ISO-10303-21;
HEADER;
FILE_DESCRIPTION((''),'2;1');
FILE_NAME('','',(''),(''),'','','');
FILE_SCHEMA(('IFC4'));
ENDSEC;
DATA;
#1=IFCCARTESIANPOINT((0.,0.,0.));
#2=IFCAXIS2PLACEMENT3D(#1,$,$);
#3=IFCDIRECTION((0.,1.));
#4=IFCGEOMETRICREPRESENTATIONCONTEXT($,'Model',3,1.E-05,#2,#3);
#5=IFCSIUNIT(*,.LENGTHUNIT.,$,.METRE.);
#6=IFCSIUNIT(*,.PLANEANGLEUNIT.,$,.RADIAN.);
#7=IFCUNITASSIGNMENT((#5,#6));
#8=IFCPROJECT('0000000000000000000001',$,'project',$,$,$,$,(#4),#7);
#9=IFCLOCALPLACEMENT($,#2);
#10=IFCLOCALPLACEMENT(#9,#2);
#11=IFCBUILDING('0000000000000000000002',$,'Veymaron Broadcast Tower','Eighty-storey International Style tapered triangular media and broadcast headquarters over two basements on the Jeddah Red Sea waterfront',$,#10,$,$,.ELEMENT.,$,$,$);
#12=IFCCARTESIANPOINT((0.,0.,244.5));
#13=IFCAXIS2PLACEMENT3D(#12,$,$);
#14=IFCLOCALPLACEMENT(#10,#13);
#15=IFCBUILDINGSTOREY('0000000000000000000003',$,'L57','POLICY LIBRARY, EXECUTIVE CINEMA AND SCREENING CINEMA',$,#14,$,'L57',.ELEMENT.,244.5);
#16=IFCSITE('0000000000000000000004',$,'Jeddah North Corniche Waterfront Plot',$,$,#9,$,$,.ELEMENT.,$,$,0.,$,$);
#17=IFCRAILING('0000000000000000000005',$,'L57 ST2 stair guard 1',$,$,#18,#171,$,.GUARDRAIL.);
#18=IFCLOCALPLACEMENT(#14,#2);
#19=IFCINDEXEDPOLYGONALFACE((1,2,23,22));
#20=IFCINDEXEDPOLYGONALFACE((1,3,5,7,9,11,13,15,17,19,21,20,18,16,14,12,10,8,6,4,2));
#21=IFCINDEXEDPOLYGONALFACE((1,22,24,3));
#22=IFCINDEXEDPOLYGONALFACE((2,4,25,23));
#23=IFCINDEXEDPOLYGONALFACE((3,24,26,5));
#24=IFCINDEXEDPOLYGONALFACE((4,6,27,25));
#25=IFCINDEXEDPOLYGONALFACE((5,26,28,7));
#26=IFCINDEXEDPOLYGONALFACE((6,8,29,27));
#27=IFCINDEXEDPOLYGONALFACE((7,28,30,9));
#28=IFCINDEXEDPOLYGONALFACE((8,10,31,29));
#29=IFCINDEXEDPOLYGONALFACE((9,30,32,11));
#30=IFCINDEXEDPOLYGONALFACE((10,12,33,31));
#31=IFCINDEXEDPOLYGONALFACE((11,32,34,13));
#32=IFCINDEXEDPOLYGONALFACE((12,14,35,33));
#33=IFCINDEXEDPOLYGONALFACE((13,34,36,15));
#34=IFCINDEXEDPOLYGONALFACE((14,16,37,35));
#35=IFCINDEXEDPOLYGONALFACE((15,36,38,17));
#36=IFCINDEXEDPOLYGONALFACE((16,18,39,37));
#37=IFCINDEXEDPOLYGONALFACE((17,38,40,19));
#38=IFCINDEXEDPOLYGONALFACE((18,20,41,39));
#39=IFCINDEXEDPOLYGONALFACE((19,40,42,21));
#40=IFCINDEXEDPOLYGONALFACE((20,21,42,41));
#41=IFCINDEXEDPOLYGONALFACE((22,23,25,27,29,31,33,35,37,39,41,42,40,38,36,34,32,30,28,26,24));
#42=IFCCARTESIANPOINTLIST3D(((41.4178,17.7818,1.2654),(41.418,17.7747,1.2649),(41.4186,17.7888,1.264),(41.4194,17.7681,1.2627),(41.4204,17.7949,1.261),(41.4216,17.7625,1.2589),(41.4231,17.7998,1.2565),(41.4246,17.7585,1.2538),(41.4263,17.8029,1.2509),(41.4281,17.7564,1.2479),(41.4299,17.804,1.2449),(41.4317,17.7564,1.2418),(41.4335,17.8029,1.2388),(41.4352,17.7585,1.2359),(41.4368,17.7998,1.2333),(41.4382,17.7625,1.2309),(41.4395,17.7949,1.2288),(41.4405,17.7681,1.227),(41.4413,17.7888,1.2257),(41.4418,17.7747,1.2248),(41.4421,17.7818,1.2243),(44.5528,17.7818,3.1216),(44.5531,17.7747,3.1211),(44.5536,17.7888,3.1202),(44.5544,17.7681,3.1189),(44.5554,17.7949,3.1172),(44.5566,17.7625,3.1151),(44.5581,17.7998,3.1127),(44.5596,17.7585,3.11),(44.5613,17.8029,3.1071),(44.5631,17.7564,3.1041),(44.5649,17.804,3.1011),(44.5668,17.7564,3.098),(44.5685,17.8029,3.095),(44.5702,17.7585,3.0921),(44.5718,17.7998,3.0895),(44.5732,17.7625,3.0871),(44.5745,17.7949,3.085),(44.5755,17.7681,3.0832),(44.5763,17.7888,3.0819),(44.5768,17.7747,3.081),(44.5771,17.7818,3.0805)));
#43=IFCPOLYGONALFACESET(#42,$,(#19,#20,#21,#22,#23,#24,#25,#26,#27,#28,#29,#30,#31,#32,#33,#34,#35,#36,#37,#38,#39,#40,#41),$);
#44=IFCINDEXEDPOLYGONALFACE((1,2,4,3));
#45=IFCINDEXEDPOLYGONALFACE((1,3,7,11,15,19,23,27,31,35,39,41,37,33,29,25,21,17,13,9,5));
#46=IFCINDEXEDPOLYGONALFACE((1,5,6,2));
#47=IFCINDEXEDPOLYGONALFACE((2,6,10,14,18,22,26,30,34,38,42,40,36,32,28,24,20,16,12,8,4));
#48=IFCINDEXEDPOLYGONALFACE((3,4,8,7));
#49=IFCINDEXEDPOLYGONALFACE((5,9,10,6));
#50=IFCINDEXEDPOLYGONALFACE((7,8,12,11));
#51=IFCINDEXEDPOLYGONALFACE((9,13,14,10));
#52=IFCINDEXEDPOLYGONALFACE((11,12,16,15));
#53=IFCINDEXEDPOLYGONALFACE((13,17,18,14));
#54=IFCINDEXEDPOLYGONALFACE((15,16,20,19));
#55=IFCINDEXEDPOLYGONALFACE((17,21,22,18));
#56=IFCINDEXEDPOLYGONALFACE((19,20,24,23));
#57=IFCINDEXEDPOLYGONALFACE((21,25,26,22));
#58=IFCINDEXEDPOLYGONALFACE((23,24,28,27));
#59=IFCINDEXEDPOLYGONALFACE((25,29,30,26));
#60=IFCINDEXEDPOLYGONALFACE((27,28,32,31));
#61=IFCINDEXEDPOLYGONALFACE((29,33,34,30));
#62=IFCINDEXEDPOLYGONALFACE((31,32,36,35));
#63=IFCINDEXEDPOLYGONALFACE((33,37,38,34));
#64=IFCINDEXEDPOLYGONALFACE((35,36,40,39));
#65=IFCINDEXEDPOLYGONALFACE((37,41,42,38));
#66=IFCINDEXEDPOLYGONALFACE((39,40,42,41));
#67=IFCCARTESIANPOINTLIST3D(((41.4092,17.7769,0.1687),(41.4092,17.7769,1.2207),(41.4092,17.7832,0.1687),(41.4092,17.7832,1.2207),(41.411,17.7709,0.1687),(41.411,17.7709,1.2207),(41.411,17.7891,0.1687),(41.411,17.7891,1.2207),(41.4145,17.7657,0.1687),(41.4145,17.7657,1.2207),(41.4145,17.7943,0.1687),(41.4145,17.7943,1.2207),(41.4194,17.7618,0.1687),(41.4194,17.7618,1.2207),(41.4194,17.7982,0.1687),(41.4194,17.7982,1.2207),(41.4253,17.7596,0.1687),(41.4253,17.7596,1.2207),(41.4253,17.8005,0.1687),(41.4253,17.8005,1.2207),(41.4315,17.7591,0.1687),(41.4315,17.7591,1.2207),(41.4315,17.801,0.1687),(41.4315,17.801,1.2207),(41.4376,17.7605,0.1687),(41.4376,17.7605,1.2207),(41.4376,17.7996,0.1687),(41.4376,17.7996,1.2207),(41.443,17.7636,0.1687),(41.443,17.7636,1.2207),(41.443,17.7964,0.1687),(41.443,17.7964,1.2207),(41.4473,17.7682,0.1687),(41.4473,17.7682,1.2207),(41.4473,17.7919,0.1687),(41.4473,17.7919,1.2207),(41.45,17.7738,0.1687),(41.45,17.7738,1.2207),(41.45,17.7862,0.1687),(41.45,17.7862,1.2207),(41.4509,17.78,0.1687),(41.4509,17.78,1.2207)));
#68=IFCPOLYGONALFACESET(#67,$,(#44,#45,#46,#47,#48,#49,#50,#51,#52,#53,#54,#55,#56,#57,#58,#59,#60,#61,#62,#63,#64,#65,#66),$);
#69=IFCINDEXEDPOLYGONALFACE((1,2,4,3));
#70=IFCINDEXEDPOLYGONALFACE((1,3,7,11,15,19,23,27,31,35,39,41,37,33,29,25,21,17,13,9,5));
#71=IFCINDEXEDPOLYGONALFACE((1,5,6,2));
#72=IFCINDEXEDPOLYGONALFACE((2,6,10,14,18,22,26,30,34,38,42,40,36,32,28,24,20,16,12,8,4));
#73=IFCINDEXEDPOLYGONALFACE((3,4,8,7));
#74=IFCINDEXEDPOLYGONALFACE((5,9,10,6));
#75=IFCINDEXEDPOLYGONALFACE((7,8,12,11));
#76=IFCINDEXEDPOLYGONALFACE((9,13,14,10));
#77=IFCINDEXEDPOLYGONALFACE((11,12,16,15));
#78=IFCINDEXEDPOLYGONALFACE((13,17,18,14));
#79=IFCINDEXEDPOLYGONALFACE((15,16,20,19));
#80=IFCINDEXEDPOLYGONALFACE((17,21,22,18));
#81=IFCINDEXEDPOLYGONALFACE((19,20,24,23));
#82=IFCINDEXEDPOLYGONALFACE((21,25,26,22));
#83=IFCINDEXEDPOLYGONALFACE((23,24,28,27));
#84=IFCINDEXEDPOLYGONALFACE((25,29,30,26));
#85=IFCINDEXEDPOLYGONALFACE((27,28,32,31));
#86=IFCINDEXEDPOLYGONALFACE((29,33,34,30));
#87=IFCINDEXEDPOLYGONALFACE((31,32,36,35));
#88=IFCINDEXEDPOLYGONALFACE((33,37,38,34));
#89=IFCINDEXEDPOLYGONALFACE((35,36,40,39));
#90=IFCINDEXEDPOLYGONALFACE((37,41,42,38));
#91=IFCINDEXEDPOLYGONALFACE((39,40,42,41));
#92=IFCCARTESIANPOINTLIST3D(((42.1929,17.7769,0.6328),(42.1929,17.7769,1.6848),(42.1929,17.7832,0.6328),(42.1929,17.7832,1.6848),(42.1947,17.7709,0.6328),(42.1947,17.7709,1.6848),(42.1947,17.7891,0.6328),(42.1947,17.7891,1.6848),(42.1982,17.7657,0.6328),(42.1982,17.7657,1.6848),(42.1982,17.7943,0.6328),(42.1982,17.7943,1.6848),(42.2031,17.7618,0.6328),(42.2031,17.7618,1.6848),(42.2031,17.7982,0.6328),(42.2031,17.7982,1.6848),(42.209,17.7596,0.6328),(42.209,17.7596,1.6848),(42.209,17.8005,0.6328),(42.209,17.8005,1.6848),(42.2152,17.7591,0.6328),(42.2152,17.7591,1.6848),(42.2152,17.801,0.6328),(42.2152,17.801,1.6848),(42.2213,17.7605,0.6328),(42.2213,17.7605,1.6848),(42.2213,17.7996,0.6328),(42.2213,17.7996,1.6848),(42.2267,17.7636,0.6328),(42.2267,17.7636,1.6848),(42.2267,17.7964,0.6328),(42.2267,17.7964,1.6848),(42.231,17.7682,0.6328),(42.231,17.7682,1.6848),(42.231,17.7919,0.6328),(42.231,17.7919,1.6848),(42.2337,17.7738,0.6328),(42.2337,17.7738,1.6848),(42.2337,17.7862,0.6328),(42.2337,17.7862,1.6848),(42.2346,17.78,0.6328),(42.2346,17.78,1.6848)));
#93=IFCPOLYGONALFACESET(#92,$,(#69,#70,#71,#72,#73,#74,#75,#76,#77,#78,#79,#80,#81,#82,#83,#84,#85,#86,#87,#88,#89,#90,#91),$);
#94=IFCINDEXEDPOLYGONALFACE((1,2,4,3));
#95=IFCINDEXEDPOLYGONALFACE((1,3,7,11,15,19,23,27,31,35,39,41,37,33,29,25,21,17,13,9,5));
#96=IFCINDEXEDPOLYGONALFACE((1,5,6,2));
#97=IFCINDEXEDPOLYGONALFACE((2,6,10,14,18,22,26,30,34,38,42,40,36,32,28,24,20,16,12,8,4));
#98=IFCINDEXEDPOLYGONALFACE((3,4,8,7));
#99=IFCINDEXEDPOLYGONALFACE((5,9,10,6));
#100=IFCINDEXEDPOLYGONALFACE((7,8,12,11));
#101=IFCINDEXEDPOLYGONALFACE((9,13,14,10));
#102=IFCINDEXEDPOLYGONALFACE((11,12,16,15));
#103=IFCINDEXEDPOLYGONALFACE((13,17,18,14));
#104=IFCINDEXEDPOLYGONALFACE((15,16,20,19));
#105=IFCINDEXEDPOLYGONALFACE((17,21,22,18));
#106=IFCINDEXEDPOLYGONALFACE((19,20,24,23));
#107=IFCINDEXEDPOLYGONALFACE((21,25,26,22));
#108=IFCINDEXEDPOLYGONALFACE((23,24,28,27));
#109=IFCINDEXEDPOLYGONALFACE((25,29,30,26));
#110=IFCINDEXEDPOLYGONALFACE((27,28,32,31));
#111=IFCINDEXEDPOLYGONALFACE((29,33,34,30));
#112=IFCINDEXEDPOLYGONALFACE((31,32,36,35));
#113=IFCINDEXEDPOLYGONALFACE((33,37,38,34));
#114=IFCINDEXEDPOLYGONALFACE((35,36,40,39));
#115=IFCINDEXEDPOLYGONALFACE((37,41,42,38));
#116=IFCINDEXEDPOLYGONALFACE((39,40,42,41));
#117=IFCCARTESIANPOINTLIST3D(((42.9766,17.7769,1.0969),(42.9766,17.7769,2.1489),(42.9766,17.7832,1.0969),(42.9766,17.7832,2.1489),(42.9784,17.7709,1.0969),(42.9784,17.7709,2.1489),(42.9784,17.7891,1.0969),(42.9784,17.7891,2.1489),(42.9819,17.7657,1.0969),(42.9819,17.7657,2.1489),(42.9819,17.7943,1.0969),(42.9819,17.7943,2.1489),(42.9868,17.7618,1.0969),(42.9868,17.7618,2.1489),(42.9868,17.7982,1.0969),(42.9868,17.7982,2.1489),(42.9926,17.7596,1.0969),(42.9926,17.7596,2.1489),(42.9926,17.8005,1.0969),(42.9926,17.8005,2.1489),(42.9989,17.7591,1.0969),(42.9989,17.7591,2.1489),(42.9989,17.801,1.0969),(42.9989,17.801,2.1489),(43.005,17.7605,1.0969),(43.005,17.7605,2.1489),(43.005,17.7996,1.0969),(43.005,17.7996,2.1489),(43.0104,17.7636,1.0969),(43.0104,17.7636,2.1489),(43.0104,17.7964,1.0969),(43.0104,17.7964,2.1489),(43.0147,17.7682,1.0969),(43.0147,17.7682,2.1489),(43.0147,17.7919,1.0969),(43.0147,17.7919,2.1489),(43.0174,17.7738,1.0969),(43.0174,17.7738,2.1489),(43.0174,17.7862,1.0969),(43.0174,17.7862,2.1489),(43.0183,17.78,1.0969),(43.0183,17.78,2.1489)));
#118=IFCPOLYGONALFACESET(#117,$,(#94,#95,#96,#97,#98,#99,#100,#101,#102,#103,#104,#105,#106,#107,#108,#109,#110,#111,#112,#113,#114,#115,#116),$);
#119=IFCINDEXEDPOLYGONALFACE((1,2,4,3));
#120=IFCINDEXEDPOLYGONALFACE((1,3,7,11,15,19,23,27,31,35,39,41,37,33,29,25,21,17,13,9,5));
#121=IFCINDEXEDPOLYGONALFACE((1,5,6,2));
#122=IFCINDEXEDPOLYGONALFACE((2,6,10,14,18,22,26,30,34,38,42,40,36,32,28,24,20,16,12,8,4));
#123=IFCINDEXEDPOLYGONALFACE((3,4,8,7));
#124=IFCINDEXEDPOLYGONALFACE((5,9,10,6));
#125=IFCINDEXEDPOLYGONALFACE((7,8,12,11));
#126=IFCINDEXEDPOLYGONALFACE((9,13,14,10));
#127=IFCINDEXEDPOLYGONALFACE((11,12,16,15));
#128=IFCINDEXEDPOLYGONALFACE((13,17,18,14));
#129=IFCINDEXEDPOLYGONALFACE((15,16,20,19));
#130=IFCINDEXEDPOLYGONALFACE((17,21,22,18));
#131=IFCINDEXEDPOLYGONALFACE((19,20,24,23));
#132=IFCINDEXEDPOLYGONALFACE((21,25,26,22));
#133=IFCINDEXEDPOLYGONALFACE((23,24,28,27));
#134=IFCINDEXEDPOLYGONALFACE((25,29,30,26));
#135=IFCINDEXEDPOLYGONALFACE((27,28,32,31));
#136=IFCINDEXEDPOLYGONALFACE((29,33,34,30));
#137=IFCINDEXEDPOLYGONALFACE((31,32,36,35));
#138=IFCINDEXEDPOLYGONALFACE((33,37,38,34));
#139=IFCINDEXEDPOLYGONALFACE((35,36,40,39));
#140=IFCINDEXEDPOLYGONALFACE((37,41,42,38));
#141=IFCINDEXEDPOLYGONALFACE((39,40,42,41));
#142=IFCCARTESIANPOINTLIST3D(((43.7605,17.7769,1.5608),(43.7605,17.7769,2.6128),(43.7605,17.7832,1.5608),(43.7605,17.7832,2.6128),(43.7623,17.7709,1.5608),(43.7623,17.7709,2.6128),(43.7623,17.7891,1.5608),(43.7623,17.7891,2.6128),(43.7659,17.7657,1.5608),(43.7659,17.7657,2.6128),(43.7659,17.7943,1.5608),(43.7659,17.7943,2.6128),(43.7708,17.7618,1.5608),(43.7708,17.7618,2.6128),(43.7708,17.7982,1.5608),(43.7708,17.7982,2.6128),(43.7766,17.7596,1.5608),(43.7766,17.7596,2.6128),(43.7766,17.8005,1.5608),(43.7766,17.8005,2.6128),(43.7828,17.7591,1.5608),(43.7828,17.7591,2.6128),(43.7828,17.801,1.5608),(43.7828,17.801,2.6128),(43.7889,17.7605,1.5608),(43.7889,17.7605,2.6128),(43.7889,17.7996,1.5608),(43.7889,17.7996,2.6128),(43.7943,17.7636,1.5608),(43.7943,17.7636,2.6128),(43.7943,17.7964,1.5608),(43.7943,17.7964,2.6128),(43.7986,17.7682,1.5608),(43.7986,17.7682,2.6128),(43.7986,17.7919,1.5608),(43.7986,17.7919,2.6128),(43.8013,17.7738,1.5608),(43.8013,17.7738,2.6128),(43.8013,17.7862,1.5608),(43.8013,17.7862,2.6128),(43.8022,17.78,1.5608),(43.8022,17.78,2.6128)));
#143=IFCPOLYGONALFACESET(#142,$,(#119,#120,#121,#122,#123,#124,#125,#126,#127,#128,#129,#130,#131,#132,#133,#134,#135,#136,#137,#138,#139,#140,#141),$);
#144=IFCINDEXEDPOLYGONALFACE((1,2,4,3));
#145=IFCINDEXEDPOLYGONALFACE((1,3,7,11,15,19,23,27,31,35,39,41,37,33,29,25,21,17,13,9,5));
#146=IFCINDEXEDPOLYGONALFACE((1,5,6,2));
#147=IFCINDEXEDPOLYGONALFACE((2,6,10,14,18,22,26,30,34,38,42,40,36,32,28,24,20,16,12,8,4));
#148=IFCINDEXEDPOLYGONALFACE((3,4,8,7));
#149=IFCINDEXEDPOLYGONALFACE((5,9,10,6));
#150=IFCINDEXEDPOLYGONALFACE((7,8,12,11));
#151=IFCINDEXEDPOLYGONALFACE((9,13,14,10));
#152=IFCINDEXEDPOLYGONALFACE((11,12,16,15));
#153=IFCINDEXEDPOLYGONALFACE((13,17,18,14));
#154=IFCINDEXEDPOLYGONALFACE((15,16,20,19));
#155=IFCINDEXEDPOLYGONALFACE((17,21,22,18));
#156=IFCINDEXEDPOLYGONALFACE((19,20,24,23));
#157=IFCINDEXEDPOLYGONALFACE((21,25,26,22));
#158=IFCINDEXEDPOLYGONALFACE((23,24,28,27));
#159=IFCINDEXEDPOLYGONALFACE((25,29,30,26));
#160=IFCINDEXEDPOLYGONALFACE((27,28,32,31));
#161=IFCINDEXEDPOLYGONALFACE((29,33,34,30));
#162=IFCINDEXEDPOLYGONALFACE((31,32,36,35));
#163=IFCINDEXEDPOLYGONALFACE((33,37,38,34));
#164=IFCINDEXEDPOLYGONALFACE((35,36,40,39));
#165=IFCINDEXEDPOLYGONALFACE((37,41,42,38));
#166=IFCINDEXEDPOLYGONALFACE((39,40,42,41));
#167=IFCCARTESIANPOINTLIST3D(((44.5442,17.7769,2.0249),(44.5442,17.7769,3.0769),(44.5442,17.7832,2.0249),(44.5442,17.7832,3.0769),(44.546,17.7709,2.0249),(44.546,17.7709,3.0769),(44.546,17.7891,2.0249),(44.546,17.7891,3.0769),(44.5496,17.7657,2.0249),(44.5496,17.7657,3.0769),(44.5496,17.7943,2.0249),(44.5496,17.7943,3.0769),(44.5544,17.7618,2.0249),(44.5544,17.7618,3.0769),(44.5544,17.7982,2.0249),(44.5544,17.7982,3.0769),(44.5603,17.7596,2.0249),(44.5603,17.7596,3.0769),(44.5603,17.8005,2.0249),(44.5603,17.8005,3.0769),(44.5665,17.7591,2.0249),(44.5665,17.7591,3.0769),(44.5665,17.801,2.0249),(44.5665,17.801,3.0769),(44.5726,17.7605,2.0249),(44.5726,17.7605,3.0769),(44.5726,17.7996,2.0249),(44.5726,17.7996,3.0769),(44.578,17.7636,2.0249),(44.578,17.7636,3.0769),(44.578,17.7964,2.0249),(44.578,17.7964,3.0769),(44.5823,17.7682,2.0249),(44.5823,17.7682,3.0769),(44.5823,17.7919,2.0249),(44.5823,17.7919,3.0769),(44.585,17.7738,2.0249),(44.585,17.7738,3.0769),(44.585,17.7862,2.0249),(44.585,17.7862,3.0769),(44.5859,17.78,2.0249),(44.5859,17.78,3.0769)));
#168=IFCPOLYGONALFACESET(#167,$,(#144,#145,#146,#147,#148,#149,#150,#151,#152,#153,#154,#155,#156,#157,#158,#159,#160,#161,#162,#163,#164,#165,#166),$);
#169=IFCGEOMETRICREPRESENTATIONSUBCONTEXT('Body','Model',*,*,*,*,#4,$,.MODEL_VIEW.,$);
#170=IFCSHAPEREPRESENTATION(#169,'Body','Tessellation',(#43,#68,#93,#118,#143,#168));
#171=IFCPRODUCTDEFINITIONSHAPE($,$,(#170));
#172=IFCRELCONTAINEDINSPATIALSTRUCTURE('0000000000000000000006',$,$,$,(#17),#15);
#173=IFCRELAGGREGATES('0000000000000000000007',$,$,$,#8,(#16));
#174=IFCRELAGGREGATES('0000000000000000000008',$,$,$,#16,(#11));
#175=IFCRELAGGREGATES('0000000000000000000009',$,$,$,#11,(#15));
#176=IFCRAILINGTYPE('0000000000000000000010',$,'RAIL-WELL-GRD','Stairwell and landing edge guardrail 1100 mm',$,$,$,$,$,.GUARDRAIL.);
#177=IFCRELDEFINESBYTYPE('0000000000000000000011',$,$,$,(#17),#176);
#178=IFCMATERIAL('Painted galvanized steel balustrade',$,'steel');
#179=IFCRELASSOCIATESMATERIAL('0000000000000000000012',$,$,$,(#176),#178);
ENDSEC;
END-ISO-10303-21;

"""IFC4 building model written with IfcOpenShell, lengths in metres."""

from ifc_helpers import new_model, si_unit, direction, frame, origin, origin_2d, place, context, subcontext, project, spatial, circle, extrude, material, type_object, element, save


model = new_model("IFC4")

# Units and contexts
model_context = context("Model", 3, precision=1e-05, world=origin(), true_north=direction((0.0, 1.0)))
body_context = subcontext(model_context, "Body", "Model", "MODEL_VIEW")
ifc_project = project(units=[si_unit("LENGTHUNIT", "METRE"), si_unit("PLANEANGLEUNIT", "RADIAN")], contexts=[model_context])

# Site, building, storey
site_placement = place(None, origin())
site = spatial("IfcSite", under=ifc_project, at=site_placement, Name="Jeddah North Corniche Waterfront Plot", CompositionType="ELEMENT", RefElevation=0.0)
building_placement = place(site_placement, origin())
building = spatial("IfcBuilding", under=site, at=building_placement, Name="Veymaron Broadcast Tower", Description="Eighty-storey International Style tapered triangular media and broadcast headquarters over two basements on the Jeddah Red Sea waterfront", CompositionType="ELEMENT")
storey_placement = place(building_placement, frame((0.0, 0.0, 244.5)))
storey = spatial("IfcBuildingStorey", under=building, at=storey_placement, Name="L57", Description="POLICY LIBRARY, EXECUTIVE CINEMA AND SCREENING CINEMA", LongName="L57", CompositionType="ELEMENT", Elevation=244.5)

# Railing
ifc_material_1 = material(Name="Painted galvanized steel balustrade", Category="steel")
railing_type_1 = type_object("IfcRailingType", Name="RAIL-WELL-GRD", Description="Stairwell and landing edge guardrail 1100 mm", PredefinedType="GUARDRAIL", material=ifc_material_1)
railing_1_placement = place(storey_placement, frame((41.4299, 17.78, 0.1687)))
element("IfcRailing", 1, at=railing_1_placement, inside=storey, type_object=railing_type_1, Name="L57 ST2 stair guard 1", PredefinedType="GUARDRAIL", context=body_context, shape_type="SweptSolid", body=[
    extrude(circle(Radius=0.0239, at=origin_2d()), frame((0.0, 0.0, 1.0762), z_axis=(0.860482, 0.0, 0.509481), x_axis=(0.0, 1.0, 0.0)), (0.0, 0.0, 1.0), 3.6433),
    extrude(circle(Radius=0.021, at=origin_2d()), origin(), (0.0, 0.0, 1.0), 1.052),
    extrude(circle(Radius=0.021, at=origin_2d()), frame((0.7837, 0.0, 0.4641)), (0.0, 0.0, 1.0), 1.052),
    extrude(circle(Radius=0.021, at=origin_2d()), frame((1.5674, 0.0, 0.9282)), (0.0, 0.0, 1.0), 1.052),
    extrude(circle(Radius=0.021, at=origin_2d()), frame((2.3513, 0.0, 1.3921)), (0.0, 0.0, 1.0), 1.052),
    extrude(circle(Radius=0.021, at=origin_2d()), frame((3.135, 0.0, 1.8562)), (0.0, 0.0, 1.0), 1.052),
])

save(model, "model.ifc")
